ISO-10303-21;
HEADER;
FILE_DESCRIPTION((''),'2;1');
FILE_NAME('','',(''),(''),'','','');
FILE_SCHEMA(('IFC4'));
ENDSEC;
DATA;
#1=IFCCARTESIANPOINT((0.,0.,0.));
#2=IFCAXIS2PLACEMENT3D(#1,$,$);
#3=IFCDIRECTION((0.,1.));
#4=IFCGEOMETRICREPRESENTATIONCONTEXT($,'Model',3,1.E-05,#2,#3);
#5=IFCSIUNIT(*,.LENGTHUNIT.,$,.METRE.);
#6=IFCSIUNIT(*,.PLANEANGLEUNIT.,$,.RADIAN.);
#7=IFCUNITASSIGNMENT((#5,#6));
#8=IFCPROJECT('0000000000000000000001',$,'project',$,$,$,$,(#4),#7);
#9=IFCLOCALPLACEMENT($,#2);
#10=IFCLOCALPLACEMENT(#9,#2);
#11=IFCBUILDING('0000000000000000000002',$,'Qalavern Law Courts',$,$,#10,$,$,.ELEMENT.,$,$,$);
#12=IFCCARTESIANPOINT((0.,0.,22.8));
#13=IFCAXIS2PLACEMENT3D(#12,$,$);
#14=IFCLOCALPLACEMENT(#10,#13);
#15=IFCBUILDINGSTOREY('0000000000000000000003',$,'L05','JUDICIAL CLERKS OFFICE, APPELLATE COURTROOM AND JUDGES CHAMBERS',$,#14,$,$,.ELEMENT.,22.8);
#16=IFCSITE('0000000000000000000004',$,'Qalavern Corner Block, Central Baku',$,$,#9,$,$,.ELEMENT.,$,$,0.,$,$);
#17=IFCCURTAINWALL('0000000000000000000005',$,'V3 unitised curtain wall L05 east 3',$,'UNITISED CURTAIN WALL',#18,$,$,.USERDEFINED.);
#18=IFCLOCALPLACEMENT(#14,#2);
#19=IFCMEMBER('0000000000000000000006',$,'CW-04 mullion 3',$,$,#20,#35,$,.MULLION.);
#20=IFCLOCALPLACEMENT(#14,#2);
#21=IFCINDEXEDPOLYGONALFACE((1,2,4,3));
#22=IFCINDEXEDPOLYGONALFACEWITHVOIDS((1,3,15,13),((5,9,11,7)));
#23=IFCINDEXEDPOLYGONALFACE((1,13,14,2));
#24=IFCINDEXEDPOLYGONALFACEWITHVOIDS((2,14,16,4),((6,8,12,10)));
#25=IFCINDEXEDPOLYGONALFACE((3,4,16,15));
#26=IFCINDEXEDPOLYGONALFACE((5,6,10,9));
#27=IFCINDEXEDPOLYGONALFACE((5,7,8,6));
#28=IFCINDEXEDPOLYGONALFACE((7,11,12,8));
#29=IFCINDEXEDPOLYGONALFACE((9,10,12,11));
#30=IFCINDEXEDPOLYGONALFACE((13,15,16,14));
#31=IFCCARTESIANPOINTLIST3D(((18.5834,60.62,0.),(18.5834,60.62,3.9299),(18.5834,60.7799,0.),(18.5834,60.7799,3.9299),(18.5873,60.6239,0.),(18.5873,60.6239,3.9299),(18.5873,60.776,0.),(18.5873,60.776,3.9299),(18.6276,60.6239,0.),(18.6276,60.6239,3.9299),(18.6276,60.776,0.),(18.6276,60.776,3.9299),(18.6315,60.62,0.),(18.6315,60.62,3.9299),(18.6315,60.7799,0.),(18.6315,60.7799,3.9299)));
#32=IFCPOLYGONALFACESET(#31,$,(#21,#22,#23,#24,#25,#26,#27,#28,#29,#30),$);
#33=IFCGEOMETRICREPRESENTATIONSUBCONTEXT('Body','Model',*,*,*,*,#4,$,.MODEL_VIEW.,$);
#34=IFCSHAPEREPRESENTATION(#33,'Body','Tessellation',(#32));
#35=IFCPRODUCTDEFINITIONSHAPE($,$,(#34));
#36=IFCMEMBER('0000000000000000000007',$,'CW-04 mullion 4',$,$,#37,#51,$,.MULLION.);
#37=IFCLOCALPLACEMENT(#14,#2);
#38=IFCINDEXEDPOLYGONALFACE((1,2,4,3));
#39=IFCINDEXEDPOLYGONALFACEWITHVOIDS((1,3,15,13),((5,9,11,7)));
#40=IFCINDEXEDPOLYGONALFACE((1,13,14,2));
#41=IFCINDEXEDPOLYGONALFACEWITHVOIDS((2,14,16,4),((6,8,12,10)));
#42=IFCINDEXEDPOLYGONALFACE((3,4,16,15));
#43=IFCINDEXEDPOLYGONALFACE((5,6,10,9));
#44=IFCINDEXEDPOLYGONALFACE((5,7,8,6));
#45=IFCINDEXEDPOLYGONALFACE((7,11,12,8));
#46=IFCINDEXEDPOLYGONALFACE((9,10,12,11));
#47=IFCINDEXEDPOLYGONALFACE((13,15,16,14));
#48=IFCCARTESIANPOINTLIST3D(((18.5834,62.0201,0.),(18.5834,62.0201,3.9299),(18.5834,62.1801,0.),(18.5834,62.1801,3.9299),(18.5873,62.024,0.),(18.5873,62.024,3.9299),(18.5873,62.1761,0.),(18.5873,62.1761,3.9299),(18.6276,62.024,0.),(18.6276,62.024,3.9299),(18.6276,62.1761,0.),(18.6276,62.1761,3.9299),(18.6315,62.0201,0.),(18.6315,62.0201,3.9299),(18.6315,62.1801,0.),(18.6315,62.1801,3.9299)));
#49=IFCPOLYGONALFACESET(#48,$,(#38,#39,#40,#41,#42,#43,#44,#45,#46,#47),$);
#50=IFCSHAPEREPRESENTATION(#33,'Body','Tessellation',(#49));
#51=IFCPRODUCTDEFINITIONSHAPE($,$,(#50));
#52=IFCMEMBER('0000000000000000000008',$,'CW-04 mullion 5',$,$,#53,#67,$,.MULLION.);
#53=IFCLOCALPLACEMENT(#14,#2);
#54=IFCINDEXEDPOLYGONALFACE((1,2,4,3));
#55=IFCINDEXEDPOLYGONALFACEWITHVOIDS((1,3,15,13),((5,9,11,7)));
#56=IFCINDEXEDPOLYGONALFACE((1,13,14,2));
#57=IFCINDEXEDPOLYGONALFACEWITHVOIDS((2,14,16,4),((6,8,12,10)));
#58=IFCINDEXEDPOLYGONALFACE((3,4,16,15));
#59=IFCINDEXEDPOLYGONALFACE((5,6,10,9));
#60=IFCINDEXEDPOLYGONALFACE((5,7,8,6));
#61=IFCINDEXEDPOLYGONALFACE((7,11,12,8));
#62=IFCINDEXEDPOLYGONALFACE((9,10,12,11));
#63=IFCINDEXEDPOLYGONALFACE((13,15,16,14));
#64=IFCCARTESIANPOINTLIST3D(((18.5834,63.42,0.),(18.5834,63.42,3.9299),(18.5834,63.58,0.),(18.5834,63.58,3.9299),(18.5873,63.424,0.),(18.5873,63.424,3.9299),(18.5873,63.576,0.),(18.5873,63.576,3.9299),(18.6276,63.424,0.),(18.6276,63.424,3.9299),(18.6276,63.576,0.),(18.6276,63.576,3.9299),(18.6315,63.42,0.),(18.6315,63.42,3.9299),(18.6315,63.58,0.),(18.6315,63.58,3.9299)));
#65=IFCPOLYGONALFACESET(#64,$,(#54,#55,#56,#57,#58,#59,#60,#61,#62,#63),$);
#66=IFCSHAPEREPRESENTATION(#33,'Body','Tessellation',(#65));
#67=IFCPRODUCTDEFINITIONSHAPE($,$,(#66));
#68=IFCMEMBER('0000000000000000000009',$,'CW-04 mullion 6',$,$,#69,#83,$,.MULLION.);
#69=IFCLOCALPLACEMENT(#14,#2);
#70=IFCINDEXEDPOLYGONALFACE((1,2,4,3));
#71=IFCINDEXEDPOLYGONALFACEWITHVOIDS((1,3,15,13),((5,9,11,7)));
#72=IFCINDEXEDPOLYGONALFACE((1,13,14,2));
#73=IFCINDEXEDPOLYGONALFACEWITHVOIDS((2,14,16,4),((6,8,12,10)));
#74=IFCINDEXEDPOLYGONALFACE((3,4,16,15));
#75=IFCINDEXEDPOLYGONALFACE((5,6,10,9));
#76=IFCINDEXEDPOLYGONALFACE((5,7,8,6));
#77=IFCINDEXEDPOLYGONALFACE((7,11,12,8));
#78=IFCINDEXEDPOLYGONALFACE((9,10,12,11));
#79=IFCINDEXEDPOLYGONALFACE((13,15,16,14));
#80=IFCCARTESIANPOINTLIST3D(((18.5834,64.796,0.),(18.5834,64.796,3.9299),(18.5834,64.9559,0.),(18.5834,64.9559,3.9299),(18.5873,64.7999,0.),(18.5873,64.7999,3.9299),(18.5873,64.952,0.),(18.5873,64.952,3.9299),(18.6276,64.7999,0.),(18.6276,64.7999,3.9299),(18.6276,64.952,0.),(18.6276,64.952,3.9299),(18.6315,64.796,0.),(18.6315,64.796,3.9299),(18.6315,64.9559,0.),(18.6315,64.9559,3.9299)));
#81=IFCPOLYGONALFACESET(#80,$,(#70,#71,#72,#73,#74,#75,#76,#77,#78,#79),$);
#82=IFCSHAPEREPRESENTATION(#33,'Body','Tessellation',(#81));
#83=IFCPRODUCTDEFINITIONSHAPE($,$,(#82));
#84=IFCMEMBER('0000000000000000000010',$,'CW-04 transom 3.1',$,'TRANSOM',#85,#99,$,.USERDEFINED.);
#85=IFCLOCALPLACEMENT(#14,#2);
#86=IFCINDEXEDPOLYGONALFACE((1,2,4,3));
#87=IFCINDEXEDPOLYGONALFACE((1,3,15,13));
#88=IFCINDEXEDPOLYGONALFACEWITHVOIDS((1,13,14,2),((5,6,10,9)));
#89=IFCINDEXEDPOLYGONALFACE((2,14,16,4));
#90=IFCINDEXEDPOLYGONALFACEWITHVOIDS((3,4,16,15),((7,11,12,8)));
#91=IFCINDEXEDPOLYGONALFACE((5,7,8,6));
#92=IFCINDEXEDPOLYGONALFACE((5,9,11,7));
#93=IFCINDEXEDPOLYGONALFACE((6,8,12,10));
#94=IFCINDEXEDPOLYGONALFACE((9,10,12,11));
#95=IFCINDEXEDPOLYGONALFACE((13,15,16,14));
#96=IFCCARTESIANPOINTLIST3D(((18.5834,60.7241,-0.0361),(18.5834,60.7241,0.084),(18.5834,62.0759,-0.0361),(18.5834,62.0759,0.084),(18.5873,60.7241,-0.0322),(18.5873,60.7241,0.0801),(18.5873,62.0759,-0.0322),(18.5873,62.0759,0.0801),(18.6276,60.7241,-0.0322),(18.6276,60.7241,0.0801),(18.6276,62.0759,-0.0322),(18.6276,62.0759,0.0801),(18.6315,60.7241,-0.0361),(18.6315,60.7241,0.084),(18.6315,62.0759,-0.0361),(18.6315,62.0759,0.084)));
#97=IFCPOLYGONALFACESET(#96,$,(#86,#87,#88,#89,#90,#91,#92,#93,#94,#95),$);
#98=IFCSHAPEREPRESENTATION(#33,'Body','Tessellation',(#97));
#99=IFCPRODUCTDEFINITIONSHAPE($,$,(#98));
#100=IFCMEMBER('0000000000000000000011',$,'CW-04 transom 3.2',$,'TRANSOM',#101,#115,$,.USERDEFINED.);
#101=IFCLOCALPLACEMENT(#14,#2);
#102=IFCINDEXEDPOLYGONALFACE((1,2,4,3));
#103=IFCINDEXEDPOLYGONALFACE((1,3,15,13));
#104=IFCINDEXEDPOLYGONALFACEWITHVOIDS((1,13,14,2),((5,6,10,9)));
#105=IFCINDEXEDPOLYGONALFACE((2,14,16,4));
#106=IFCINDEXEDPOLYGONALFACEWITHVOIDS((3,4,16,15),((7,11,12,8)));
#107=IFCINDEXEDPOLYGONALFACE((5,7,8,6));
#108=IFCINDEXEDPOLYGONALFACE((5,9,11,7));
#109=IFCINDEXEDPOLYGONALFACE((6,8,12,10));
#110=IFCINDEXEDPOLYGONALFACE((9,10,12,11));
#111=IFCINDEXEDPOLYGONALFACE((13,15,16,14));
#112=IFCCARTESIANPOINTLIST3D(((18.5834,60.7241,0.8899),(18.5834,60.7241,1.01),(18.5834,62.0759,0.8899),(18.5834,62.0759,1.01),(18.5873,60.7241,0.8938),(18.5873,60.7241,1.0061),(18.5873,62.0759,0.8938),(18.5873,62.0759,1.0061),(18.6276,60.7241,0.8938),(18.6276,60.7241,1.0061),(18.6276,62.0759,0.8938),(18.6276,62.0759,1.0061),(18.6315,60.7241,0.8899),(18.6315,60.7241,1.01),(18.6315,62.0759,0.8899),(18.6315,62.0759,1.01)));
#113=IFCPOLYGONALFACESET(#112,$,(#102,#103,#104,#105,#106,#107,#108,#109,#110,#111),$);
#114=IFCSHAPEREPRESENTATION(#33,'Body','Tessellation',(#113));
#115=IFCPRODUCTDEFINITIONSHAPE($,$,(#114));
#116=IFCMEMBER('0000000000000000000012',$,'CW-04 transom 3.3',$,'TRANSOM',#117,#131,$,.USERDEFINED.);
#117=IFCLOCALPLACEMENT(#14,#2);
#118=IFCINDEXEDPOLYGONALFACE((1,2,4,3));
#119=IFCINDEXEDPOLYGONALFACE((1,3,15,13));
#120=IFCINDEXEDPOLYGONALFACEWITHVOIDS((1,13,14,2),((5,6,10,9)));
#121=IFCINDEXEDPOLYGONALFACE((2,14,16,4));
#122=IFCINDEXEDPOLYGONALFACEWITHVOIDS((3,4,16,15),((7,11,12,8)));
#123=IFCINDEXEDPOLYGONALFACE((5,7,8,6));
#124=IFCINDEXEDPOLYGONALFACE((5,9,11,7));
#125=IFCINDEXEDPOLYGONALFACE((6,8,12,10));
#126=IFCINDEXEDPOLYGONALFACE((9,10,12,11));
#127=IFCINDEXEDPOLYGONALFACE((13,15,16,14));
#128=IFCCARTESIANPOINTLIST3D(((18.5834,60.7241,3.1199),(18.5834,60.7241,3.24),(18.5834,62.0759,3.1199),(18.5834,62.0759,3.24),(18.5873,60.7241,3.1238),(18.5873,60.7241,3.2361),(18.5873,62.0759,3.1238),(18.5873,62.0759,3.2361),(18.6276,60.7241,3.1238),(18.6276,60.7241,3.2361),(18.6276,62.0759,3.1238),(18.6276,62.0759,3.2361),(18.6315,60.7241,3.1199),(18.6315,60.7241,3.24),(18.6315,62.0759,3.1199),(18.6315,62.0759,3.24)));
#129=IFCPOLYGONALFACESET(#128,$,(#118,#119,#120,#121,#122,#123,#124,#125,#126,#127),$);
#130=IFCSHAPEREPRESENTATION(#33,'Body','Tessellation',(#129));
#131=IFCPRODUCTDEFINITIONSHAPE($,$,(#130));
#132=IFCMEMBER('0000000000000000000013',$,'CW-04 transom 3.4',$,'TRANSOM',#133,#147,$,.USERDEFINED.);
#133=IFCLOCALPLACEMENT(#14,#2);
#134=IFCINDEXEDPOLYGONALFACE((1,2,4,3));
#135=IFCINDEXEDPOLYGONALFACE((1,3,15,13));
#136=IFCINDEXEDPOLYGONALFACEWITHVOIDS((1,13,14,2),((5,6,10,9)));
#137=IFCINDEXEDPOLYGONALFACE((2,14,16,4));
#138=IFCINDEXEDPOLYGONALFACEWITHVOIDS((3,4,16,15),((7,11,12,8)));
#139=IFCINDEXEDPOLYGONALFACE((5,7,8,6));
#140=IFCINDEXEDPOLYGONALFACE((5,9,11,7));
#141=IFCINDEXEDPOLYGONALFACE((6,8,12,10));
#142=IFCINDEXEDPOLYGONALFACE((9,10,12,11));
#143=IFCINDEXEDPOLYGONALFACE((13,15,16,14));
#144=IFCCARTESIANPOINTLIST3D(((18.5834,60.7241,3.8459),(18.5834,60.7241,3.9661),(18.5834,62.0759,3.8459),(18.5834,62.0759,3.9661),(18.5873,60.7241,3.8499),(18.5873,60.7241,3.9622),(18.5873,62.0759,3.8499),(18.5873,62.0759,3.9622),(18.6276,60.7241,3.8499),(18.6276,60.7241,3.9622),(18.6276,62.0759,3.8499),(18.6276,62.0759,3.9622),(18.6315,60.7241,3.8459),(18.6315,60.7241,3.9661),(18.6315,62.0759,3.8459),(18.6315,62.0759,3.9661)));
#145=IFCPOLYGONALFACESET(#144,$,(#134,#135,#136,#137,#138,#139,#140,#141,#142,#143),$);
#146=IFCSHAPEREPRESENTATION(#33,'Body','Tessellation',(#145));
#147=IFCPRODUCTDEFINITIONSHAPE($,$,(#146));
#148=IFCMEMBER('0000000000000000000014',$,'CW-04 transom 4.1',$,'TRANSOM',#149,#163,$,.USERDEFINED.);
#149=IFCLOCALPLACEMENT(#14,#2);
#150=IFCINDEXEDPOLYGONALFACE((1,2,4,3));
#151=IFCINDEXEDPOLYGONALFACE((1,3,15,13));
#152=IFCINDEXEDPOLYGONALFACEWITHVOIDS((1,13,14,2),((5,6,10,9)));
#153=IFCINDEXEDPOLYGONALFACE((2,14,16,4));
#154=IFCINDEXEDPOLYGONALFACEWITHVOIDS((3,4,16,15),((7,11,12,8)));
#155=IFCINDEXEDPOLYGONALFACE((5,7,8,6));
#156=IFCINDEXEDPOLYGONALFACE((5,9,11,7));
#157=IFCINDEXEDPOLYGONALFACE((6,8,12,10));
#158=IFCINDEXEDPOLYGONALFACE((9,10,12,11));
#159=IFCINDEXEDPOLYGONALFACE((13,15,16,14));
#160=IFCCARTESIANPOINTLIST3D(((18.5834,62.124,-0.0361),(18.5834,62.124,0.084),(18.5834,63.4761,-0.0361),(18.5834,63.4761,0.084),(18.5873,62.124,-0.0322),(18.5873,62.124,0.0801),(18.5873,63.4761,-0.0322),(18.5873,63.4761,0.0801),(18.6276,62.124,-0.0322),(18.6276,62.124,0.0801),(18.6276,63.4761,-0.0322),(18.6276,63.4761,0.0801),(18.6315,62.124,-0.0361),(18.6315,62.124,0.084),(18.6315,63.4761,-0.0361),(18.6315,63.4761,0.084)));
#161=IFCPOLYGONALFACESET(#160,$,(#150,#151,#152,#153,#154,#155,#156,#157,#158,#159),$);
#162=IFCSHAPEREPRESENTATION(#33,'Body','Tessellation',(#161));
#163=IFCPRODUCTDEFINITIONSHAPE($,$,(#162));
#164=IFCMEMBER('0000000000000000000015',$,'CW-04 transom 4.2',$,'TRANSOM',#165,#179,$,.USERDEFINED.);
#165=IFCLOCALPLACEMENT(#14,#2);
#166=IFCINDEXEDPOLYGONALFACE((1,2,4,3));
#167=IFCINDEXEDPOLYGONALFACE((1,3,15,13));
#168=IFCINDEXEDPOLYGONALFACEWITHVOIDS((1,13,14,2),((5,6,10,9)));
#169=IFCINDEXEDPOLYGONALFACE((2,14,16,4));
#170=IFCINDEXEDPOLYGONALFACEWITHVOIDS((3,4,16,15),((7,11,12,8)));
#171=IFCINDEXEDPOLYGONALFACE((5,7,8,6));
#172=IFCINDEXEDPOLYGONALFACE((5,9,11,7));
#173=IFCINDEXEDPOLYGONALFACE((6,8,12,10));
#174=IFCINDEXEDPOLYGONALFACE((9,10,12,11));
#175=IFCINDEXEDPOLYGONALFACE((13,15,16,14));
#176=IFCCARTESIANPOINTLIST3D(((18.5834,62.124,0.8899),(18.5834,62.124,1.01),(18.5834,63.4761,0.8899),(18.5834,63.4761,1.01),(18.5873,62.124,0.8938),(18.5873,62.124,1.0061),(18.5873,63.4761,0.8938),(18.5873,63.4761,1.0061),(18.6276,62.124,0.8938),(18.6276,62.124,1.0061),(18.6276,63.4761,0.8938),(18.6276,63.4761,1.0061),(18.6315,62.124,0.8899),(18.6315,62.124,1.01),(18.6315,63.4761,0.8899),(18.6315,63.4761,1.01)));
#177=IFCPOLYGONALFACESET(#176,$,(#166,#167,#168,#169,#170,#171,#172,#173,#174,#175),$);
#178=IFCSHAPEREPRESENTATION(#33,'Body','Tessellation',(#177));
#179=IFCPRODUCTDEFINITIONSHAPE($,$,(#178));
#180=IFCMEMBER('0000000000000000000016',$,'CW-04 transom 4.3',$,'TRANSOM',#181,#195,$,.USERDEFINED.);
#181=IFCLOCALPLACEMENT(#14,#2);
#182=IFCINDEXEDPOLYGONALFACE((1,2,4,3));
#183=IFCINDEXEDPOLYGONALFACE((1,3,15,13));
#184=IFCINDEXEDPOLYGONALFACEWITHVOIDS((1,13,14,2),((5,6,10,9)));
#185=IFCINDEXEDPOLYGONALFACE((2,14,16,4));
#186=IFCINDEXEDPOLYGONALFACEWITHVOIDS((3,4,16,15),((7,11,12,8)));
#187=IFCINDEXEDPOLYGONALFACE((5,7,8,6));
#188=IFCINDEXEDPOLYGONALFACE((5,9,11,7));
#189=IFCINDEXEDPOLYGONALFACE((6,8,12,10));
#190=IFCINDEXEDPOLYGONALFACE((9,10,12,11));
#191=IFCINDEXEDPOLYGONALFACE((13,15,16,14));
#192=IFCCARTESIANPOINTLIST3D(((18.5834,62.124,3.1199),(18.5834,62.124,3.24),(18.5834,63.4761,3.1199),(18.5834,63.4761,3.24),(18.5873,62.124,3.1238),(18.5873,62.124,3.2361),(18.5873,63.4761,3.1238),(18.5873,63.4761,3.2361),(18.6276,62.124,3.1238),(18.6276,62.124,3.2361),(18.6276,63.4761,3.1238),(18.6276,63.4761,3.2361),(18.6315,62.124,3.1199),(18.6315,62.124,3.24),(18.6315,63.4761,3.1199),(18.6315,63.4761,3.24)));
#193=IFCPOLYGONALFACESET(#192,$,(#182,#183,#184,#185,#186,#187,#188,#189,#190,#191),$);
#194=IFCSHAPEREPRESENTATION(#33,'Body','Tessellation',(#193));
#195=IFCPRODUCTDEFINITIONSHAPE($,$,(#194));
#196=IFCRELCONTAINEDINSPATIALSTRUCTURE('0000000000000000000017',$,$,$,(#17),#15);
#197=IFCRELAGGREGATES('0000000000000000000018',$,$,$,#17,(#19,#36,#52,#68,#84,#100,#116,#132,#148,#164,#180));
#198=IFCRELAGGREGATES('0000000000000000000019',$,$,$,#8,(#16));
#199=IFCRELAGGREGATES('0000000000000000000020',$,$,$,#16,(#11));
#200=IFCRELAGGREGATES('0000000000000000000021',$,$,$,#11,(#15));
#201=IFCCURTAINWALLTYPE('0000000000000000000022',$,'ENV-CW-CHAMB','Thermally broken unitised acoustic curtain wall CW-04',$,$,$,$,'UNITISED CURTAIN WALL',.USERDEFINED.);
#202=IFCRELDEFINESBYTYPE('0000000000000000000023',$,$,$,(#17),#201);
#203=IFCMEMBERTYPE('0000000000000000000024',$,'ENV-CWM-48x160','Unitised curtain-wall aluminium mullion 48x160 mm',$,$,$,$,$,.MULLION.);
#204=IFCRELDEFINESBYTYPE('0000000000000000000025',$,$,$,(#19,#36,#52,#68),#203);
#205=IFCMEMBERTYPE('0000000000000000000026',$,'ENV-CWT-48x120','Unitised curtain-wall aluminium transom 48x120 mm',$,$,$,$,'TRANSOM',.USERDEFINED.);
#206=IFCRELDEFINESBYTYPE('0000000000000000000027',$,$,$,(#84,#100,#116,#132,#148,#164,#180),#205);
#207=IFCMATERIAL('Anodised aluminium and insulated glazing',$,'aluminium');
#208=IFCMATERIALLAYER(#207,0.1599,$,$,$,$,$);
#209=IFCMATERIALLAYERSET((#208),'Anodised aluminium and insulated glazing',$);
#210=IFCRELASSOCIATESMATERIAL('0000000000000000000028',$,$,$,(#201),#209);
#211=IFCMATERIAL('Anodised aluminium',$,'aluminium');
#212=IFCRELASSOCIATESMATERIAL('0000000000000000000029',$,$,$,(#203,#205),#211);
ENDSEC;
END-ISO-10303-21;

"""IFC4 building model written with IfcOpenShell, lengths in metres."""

from ifc_helpers import new_model, si_unit, direction, frame, origin, origin_2d, place, context, subcontext, project, spatial, hollow_rectangle, extrude, material, layer, layer_set, material_profile, profile_set, type_object, element, aggregate, save


model = new_model("IFC4")

# Units and contexts
model_context = context("Model", 3, precision=1e-05, world=origin(), true_north=direction((0.0, 1.0)))
body_context = subcontext(model_context, "Body", "Model", "MODEL_VIEW")
ifc_project = project(units=[si_unit("LENGTHUNIT", "METRE"), si_unit("PLANEANGLEUNIT", "RADIAN")], contexts=[model_context])

# Site, building, storey
site_placement = place(None, origin())
site = spatial("IfcSite", under=ifc_project, at=site_placement, Name="Qalavern Corner Block, Central Baku", CompositionType="ELEMENT", RefElevation=0.0)
building_placement = place(site_placement, origin())
building = spatial("IfcBuilding", under=site, at=building_placement, Name="Qalavern Law Courts", CompositionType="ELEMENT")
storey_placement = place(building_placement, frame((0.0, 0.0, 22.8)))
storey = spatial("IfcBuildingStorey", under=building, at=storey_placement, Name="L05", Description="JUDICIAL CLERKS OFFICE, APPELLATE COURTROOM AND JUDGES CHAMBERS", CompositionType="ELEMENT", Elevation=22.8)

# Curtain wall, members
ifc_material_1 = material(Name="Anodised aluminium and insulated glazing", Category="aluminium")
ifc_layer_1 = layer(ifc_material_1, 0.1599)
ifc_layer_set_1 = layer_set([ifc_layer_1], Name="Anodised aluminium and insulated glazing")
curtain_wall_type = type_object("IfcCurtainWallType", Name="ENV-CW-CHAMB", Description="Thermally broken unitised acoustic curtain wall CW-04", ElementType="UNITISED CURTAIN WALL", PredefinedType="USERDEFINED", material=ifc_layer_set_1)
curtain_wall_placement = place(storey_placement, origin())
curtain_wall = element("IfcCurtainWall", 1, at=curtain_wall_placement, inside=storey, type_object=curtain_wall_type, Name="V3 unitised curtain wall L05 east 3", ObjectType="UNITISED CURTAIN WALL", PredefinedType="USERDEFINED")
ifc_material_2 = material(Name="Anodised aluminium", Category="aluminium")
ifc_material_profile_1 = material_profile(ifc_material_2, hollow_rectangle(XDim=0.0481, YDim=0.1599, WallThickness=0.0039, at=origin_2d()), Name="ALU MULLION 48x160")
ifc_profile_set_1 = profile_set([ifc_material_profile_1], Name="Anodised aluminium")
member_type_1 = type_object("IfcMemberType", Name="ENV-CWM-48x160", Description="Unitised curtain-wall aluminium mullion 48x160 mm", PredefinedType="MULLION", material=ifc_profile_set_1)
member_1_placement = place(storey_placement, frame((18.6074, 60.7, 0.0), z_axis=(0.0, 0.0, 1.0), x_axis=(-1.0, 0.0, 0.0)))
member_1 = element("IfcMember", 2, at=member_1_placement, type_object=member_type_1, Name="CW-04 mullion 3", PredefinedType="MULLION", context=body_context, shape_type="SweptSolid", body=[
    extrude(hollow_rectangle(XDim=0.0481, YDim=0.1599, WallThickness=0.0039, at=origin_2d()), origin(), (0.0, 0.0, 1.0), 3.9299),
])
member_2_placement = place(storey_placement, frame((18.6074, 62.1001, 0.0), z_axis=(0.0, 0.0, 1.0), x_axis=(-1.0, 0.0, 0.0)))
member_2 = element("IfcMember", 3, at=member_2_placement, type_object=member_type_1, Name="CW-04 mullion 4", PredefinedType="MULLION", context=body_context, shape_type="SweptSolid", body=[
    extrude(hollow_rectangle(XDim=0.0481, YDim=0.1599, WallThickness=0.0039, at=origin_2d()), origin(), (0.0, 0.0, 1.0), 3.9299),
])
member_3_placement = place(storey_placement, frame((18.6074, 63.5, 0.0), z_axis=(0.0, 0.0, 1.0), x_axis=(-1.0, 0.0, 0.0)))
member_3 = element("IfcMember", 4, at=member_3_placement, type_object=member_type_1, Name="CW-04 mullion 5", PredefinedType="MULLION", context=body_context, shape_type="SweptSolid", body=[
    extrude(hollow_rectangle(XDim=0.0481, YDim=0.1599, WallThickness=0.0039, at=origin_2d()), origin(), (0.0, 0.0, 1.0), 3.9299),
])
member_4_placement = place(storey_placement, frame((18.6074, 64.876, 0.0), z_axis=(0.0, 0.0, 1.0), x_axis=(-1.0, 0.0, 0.0)))
member_4 = element("IfcMember", 5, at=member_4_placement, type_object=member_type_1, Name="CW-04 mullion 6", PredefinedType="MULLION", context=body_context, shape_type="SweptSolid", body=[
    extrude(hollow_rectangle(XDim=0.0481, YDim=0.1599, WallThickness=0.0039, at=origin_2d()), origin(), (0.0, 0.0, 1.0), 3.9299),
])
ifc_material_profile_2 = material_profile(ifc_material_2, hollow_rectangle(XDim=0.0481, YDim=0.1201, WallThickness=0.0039, at=origin_2d()), Name="ALU TRANSOM 48x120")
ifc_profile_set_2 = profile_set([ifc_material_profile_2], Name="Anodised aluminium")
member_type_2 = type_object("IfcMemberType", Name="ENV-CWT-48x120", Description="Unitised curtain-wall aluminium transom 48x120 mm", ElementType="TRANSOM", PredefinedType="USERDEFINED", material=ifc_profile_set_2)
member_5_placement = place(storey_placement, frame((18.6074, 60.7241, 0.0239), z_axis=(0.0, 1.0, 0.0), x_axis=(-1.0, 0.0, 0.0)))
member_5 = element("IfcMember", 6, at=member_5_placement, type_object=member_type_2, Name="CW-04 transom 3.1", ObjectType="TRANSOM", PredefinedType="USERDEFINED", context=body_context, shape_type="SweptSolid", body=[
    extrude(hollow_rectangle(XDim=0.0481, YDim=0.1201, WallThickness=0.0039, at=origin_2d()), origin(), (0.0, 0.0, 1.0), 1.3518),
])
member_6_placement = place(storey_placement, frame((18.6074, 60.7241, 0.95), z_axis=(0.0, 1.0, 0.0), x_axis=(-1.0, 0.0, 0.0)))
member_6 = element("IfcMember", 7, at=member_6_placement, type_object=member_type_2, Name="CW-04 transom 3.2", ObjectType="TRANSOM", PredefinedType="USERDEFINED", context=body_context, shape_type="SweptSolid", body=[
    extrude(hollow_rectangle(XDim=0.0481, YDim=0.1201, WallThickness=0.0039, at=origin_2d()), origin(), (0.0, 0.0, 1.0), 1.3518),
])
member_7_placement = place(storey_placement, frame((18.6074, 60.7241, 3.1799), z_axis=(0.0, 1.0, 0.0), x_axis=(-1.0, 0.0, 0.0)))
member_7 = element("IfcMember", 8, at=member_7_placement, type_object=member_type_2, Name="CW-04 transom 3.3", ObjectType="TRANSOM", PredefinedType="USERDEFINED", context=body_context, shape_type="SweptSolid", body=[
    extrude(hollow_rectangle(XDim=0.0481, YDim=0.1201, WallThickness=0.0039, at=origin_2d()), origin(), (0.0, 0.0, 1.0), 1.3518),
])
member_8_placement = place(storey_placement, frame((18.6074, 60.7241, 3.906), z_axis=(0.0, 1.0, 0.0), x_axis=(-1.0, 0.0, 0.0)))
member_8 = element("IfcMember", 9, at=member_8_placement, type_object=member_type_2, Name="CW-04 transom 3.4", ObjectType="TRANSOM", PredefinedType="USERDEFINED", context=body_context, shape_type="SweptSolid", body=[
    extrude(hollow_rectangle(XDim=0.0481, YDim=0.1201, WallThickness=0.0039, at=origin_2d()), origin(), (0.0, 0.0, 1.0), 1.3518),
])
member_9_placement = place(storey_placement, frame((18.6074, 62.124, 0.0239), z_axis=(0.0, 1.0, 0.0), x_axis=(-1.0, 0.0, 0.0)))
member_9 = element("IfcMember", 10, at=member_9_placement, type_object=member_type_2, Name="CW-04 transom 4.1", ObjectType="TRANSOM", PredefinedType="USERDEFINED", context=body_context, shape_type="SweptSolid", body=[
    extrude(hollow_rectangle(XDim=0.0481, YDim=0.1201, WallThickness=0.0039, at=origin_2d()), origin(), (0.0, 0.0, 1.0), 1.3521),
])
member_10_placement = place(storey_placement, frame((18.6074, 62.124, 0.95), z_axis=(0.0, 1.0, 0.0), x_axis=(-1.0, 0.0, 0.0)))
member_10 = element("IfcMember", 11, at=member_10_placement, type_object=member_type_2, Name="CW-04 transom 4.2", ObjectType="TRANSOM", PredefinedType="USERDEFINED", context=body_context, shape_type="SweptSolid", body=[
    extrude(hollow_rectangle(XDim=0.0481, YDim=0.1201, WallThickness=0.0039, at=origin_2d()), origin(), (0.0, 0.0, 1.0), 1.3521),
])
member_11_placement = place(storey_placement, frame((18.6074, 62.124, 3.1799), z_axis=(0.0, 1.0, 0.0), x_axis=(-1.0, 0.0, 0.0)))
member_11 = element("IfcMember", 12, at=member_11_placement, type_object=member_type_2, Name="CW-04 transom 4.3", ObjectType="TRANSOM", PredefinedType="USERDEFINED", context=body_context, shape_type="SweptSolid", body=[
    extrude(hollow_rectangle(XDim=0.0481, YDim=0.1201, WallThickness=0.0039, at=origin_2d()), origin(), (0.0, 0.0, 1.0), 1.3521),
])
aggregate(curtain_wall, [member_1, member_2, member_3, member_4, member_5, member_6, member_7, member_8, member_9, member_10, member_11])

save(model, "model.ifc")
